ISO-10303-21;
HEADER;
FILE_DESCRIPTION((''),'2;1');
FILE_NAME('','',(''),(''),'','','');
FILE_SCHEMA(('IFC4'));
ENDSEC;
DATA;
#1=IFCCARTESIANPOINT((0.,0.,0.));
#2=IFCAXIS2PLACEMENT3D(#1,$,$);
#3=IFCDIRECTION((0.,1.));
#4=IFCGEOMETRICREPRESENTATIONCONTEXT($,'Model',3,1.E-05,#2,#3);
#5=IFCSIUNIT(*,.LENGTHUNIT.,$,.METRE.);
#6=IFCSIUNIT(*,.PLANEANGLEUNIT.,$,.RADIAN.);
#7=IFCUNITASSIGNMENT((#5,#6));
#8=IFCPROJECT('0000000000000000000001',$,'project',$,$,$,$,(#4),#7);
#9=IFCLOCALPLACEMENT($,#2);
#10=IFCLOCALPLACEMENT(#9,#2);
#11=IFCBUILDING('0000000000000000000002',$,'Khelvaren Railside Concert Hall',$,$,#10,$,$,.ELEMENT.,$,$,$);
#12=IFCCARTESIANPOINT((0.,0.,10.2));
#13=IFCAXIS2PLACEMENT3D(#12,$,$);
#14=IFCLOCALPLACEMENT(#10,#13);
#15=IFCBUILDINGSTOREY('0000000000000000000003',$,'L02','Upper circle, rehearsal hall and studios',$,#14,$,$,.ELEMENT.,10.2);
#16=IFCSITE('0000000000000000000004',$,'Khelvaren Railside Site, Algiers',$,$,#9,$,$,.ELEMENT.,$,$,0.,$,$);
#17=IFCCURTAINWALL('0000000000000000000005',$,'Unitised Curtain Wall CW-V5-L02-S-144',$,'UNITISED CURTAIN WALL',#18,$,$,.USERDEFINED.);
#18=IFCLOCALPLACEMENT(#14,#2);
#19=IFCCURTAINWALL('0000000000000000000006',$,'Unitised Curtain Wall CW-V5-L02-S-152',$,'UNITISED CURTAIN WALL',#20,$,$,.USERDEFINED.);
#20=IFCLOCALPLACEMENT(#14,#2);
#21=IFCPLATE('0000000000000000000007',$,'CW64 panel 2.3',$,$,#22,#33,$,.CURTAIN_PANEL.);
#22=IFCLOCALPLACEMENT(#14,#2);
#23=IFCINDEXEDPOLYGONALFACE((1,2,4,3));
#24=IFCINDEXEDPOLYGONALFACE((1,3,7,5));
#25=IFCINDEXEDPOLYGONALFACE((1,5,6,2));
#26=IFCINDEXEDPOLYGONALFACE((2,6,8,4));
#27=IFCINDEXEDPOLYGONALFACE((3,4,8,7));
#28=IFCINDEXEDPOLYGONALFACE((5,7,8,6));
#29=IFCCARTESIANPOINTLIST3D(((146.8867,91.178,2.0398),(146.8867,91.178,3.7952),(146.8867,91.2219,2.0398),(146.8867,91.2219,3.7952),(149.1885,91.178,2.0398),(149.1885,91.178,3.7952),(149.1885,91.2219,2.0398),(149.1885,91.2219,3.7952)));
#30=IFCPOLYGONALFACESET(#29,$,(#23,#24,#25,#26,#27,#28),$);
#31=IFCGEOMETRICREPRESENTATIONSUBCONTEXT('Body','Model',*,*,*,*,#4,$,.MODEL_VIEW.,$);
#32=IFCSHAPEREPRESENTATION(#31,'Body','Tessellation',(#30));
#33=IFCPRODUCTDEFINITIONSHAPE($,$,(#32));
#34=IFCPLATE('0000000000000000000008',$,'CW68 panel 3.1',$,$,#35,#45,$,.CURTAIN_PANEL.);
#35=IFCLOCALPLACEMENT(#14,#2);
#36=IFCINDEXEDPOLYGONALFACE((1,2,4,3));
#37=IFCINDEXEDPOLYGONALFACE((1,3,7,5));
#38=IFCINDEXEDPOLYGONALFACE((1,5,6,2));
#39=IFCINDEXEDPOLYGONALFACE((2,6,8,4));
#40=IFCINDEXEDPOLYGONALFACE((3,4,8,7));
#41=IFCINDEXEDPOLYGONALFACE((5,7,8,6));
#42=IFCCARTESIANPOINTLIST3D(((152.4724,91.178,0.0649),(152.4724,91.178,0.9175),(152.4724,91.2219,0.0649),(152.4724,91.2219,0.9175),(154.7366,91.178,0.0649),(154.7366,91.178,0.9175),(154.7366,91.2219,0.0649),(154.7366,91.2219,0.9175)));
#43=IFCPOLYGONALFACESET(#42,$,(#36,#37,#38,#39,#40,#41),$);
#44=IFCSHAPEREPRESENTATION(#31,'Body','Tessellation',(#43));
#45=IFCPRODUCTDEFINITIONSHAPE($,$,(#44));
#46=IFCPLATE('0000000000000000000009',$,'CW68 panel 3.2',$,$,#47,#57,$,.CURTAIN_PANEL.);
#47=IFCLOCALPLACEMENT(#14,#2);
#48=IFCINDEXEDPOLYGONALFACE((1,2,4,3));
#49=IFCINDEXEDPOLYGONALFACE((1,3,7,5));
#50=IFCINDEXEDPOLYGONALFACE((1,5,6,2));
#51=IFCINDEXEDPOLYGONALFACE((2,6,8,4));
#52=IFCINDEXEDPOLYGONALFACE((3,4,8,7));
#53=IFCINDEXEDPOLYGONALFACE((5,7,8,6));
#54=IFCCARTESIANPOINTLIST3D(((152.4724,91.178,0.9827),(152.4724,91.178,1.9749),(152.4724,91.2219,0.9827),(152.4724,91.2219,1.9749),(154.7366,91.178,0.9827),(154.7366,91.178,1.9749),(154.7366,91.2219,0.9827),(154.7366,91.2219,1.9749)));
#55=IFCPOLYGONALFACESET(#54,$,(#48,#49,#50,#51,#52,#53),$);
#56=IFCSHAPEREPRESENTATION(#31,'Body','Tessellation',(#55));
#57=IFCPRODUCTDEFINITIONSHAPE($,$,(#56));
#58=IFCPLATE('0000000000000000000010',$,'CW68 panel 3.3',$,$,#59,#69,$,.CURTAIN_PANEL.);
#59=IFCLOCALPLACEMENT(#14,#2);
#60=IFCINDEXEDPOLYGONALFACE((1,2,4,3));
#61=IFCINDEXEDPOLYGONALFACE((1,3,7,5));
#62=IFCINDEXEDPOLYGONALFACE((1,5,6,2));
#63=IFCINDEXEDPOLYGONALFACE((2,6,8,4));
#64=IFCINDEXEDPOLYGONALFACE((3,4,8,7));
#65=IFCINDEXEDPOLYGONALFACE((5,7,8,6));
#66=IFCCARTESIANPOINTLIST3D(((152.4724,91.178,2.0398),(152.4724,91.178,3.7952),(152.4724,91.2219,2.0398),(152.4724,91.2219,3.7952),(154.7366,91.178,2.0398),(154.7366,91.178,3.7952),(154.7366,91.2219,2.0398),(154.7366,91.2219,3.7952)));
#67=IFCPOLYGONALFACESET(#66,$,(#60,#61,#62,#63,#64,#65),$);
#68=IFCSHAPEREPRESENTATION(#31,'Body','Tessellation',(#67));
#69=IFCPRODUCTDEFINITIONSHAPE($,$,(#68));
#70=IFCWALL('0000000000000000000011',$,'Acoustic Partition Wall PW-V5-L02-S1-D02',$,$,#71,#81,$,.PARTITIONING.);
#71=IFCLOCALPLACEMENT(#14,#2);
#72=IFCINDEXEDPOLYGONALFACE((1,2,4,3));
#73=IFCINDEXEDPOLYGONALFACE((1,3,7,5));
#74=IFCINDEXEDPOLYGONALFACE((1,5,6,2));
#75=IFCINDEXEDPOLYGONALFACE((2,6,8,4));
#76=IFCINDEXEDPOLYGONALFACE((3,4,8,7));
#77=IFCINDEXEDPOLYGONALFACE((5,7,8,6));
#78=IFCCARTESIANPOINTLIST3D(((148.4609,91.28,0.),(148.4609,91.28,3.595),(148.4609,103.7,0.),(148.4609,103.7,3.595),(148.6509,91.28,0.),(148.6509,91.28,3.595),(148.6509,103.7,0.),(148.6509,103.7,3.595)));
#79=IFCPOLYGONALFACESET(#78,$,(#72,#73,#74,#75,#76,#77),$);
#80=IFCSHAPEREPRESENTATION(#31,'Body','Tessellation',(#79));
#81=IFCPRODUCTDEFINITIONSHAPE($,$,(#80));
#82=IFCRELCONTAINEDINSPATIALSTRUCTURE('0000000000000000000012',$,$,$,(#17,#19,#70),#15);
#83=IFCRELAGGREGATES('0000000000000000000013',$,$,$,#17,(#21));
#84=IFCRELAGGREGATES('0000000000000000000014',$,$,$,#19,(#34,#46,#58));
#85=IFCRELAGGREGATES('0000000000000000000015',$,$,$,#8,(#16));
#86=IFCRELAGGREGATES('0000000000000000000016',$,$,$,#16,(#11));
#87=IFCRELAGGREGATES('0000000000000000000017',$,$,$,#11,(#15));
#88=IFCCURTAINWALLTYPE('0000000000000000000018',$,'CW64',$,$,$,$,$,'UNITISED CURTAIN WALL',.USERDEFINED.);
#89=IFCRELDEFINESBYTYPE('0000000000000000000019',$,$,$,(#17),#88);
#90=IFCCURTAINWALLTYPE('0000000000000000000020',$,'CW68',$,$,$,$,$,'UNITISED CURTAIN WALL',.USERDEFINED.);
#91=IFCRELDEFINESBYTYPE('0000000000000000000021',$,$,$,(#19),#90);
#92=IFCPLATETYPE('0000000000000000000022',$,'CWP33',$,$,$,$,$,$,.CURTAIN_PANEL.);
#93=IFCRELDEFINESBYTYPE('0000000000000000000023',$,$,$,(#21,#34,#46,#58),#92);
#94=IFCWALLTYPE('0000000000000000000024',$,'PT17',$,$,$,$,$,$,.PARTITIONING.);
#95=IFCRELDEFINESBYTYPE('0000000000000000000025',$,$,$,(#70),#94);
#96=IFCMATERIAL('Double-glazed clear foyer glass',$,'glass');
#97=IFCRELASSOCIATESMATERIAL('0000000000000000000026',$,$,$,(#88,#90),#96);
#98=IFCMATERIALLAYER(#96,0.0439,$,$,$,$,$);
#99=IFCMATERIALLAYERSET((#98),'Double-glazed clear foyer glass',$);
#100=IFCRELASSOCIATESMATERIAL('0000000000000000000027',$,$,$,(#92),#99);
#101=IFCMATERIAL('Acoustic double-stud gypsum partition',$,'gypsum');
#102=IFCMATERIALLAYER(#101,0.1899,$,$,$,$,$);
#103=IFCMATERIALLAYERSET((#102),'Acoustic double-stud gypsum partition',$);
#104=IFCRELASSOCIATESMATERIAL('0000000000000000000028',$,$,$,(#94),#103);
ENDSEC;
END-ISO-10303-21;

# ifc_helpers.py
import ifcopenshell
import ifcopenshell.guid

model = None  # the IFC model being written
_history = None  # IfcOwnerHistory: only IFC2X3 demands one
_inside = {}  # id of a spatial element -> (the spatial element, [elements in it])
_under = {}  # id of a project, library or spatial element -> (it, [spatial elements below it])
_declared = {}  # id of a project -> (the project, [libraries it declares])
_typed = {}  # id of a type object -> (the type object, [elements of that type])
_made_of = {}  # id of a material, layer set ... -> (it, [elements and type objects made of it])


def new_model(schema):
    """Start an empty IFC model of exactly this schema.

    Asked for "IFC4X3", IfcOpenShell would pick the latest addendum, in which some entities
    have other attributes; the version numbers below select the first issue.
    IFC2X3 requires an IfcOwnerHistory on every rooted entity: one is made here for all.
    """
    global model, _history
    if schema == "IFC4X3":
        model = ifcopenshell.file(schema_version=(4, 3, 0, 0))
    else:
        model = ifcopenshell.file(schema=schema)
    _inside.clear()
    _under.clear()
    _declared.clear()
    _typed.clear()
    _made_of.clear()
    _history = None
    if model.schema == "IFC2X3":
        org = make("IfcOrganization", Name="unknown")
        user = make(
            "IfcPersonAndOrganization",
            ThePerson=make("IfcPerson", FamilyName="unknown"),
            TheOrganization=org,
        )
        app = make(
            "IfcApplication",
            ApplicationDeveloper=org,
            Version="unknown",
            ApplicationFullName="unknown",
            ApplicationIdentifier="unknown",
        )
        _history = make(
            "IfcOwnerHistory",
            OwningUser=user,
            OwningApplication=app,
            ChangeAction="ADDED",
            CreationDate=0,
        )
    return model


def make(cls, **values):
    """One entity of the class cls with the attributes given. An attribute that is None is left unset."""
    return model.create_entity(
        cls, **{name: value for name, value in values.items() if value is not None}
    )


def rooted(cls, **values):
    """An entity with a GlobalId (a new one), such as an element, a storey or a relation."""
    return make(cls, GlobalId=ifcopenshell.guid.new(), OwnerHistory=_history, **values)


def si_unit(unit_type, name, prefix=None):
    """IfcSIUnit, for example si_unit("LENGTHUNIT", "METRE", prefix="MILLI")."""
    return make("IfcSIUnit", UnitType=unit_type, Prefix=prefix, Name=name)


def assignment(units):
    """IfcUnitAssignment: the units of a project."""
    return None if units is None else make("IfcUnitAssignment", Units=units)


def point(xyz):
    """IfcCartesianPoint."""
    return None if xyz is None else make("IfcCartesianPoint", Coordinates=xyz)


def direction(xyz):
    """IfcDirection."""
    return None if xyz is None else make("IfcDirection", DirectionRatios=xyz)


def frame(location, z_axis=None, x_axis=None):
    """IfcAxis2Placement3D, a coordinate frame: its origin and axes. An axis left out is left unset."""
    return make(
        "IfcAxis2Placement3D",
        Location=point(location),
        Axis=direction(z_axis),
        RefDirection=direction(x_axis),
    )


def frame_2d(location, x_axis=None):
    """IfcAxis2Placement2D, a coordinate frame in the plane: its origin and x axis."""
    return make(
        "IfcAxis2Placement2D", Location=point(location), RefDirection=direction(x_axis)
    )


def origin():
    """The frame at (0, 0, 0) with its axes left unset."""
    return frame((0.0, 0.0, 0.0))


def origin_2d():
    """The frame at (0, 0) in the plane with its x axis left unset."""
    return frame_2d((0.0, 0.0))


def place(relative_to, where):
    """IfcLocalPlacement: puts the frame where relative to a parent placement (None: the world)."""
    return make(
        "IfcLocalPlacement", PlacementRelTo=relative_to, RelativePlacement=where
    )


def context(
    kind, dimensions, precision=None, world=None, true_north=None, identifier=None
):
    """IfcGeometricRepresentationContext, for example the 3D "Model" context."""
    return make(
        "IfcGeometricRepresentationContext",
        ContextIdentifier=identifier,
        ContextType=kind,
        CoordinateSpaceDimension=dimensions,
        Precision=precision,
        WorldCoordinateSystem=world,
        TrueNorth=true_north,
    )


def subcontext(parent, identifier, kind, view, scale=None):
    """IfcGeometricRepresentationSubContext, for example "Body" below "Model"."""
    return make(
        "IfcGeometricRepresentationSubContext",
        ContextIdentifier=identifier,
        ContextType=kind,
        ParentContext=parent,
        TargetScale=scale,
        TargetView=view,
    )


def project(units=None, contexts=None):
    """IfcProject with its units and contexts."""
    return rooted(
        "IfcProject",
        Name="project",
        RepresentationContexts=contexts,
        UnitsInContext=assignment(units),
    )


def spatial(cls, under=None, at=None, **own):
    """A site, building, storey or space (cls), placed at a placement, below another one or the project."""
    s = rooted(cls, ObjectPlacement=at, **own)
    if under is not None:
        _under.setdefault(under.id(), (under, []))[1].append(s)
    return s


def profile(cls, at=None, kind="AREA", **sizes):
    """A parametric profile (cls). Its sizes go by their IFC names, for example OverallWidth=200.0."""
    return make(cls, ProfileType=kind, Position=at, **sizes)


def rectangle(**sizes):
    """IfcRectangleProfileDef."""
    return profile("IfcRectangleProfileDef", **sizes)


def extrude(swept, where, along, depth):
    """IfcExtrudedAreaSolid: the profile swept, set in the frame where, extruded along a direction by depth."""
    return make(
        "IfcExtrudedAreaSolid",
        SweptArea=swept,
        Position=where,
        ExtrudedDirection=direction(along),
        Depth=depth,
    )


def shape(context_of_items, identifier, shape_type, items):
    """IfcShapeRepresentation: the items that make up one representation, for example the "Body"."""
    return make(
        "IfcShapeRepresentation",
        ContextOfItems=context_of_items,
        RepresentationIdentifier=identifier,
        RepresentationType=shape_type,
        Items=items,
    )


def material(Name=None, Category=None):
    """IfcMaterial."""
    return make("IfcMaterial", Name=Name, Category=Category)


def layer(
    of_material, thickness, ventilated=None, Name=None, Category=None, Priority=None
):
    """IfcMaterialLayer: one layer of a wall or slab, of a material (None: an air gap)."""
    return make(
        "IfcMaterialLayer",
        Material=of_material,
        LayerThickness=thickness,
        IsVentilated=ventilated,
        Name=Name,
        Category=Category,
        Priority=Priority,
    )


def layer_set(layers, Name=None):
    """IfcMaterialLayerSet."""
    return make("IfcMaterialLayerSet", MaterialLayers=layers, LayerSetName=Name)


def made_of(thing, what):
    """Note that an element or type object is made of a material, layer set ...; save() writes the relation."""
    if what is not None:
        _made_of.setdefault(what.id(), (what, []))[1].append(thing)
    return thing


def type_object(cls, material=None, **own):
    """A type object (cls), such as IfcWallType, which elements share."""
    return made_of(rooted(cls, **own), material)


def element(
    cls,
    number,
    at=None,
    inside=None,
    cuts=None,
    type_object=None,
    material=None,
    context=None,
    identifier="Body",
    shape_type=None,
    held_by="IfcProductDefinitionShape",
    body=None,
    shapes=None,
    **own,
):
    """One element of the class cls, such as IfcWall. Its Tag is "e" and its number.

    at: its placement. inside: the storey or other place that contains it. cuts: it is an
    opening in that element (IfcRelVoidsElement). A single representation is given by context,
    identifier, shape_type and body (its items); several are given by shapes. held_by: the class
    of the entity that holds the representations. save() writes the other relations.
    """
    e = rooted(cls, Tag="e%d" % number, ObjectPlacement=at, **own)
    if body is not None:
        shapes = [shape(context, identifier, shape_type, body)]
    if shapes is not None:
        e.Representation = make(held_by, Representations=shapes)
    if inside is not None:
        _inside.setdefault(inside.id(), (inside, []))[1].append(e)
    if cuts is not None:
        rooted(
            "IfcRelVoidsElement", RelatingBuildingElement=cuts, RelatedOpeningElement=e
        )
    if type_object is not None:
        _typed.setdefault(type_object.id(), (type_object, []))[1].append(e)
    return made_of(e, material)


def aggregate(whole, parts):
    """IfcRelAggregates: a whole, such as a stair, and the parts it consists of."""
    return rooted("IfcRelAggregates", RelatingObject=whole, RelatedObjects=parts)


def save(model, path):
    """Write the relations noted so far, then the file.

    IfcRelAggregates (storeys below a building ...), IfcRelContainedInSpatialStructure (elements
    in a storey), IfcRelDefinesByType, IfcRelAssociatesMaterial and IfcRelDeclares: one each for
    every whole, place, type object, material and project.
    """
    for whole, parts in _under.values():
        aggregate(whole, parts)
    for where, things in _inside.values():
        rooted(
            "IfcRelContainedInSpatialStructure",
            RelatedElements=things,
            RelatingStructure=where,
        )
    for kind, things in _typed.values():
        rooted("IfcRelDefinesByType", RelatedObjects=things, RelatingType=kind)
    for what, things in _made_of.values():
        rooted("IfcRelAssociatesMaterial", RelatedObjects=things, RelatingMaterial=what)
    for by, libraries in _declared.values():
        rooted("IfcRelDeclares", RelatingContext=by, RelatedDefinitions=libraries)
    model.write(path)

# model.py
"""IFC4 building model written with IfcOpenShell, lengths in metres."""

from ifc_helpers import new_model, si_unit, direction, frame, frame_2d, origin, origin_2d, place, context, subcontext, project, spatial, rectangle, extrude, material, layer, layer_set, type_object, element, aggregate, save


model = new_model("IFC4")

# Units and contexts
model_context = context("Model", 3, precision=1e-05, world=origin(), true_north=direction((0.0, 1.0)))
body_context = subcontext(model_context, "Body", "Model", "MODEL_VIEW")
ifc_project = project(units=[si_unit("LENGTHUNIT", "METRE"), si_unit("PLANEANGLEUNIT", "RADIAN")], contexts=[model_context])

# Site, building, storey
site_placement = place(None, origin())
site = spatial("IfcSite", under=ifc_project, at=site_placement, Name="Khelvaren Railside Site, Algiers", CompositionType="ELEMENT", RefElevation=0.0)
building_placement = place(site_placement, origin())
building = spatial("IfcBuilding", under=site, at=building_placement, Name="Khelvaren Railside Concert Hall", CompositionType="ELEMENT")
storey_placement = place(building_placement, frame((0.0, 0.0, 10.2)))
storey = spatial("IfcBuildingStorey", under=building, at=storey_placement, Name="L02", Description="Upper circle, rehearsal hall and studios", CompositionType="ELEMENT", Elevation=10.2)

# Curtain wall
ifc_material_1 = material(Name="Double-glazed clear foyer glass", Category="glass")
curtain_wall_type_1 = type_object("IfcCurtainWallType", Name="CW64", ElementType="UNITISED CURTAIN WALL", PredefinedType="USERDEFINED", material=ifc_material_1)
curtain_wall_1_placement = place(storey_placement, origin())
curtain_wall_1 = element("IfcCurtainWall", 1, at=curtain_wall_1_placement, inside=storey, type_object=curtain_wall_type_1, Name="Unitised Curtain Wall CW-V5-L02-S-144", ObjectType="UNITISED CURTAIN WALL", PredefinedType="USERDEFINED")

# Curtain wall
curtain_wall_type_2 = type_object("IfcCurtainWallType", Name="CW68", ElementType="UNITISED CURTAIN WALL", PredefinedType="USERDEFINED", material=ifc_material_1)
curtain_wall_2_placement = place(storey_placement, origin())
curtain_wall_2 = element("IfcCurtainWall", 2, at=curtain_wall_2_placement, inside=storey, type_object=curtain_wall_type_2, Name="Unitised Curtain Wall CW-V5-L02-S-152", ObjectType="UNITISED CURTAIN WALL", PredefinedType="USERDEFINED")

# Plates
ifc_layer_1 = layer(ifc_material_1, 0.0439)
ifc_layer_set_1 = layer_set([ifc_layer_1], Name="Double-glazed clear foyer glass")
plate_type = type_object("IfcPlateType", Name="CWP33", PredefinedType="CURTAIN_PANEL", material=ifc_layer_set_1)
plate_1_placement = place(storey_placement, frame((148.0376, 91.2, 2.0398), z_axis=(0.0, 0.0, 1.0), x_axis=(-1.0, 0.0, 0.0)))
plate_1 = element("IfcPlate", 3, at=plate_1_placement, type_object=plate_type, Name="CW64 panel 2.3", PredefinedType="CURTAIN_PANEL", context=body_context, shape_type="SweptSolid", body=[
    extrude(rectangle(XDim=2.3018, YDim=0.0439, at=origin_2d()), origin(), (0.0, 0.0, 1.0), 1.7554),
])
aggregate(curtain_wall_1, [plate_1])
plate_2_placement = place(storey_placement, frame((153.6045, 91.2, 0.0649), z_axis=(0.0, 0.0, 1.0), x_axis=(-1.0, 0.0, 0.0)))
plate_2 = element("IfcPlate", 4, at=plate_2_placement, type_object=plate_type, Name="CW68 panel 3.1", PredefinedType="CURTAIN_PANEL", context=body_context, shape_type="SweptSolid", body=[
    extrude(rectangle(XDim=2.2642, YDim=0.0439, at=origin_2d()), origin(), (0.0, 0.0, 1.0), 0.8525),
])
plate_3_placement = place(storey_placement, frame((153.6045, 91.2, 0.9827), z_axis=(0.0, 0.0, 1.0), x_axis=(-1.0, 0.0, 0.0)))
plate_3 = element("IfcPlate", 5, at=plate_3_placement, type_object=plate_type, Name="CW68 panel 3.2", PredefinedType="CURTAIN_PANEL", context=body_context, shape_type="SweptSolid", body=[
    extrude(rectangle(XDim=2.2642, YDim=0.0439, at=origin_2d()), origin(), (0.0, 0.0, 1.0), 0.9922),
])
plate_4_placement = place(storey_placement, frame((153.6045, 91.2, 2.0398), z_axis=(0.0, 0.0, 1.0), x_axis=(-1.0, 0.0, 0.0)))
plate_4 = element("IfcPlate", 6, at=plate_4_placement, type_object=plate_type, Name="CW68 panel 3.3", PredefinedType="CURTAIN_PANEL", context=body_context, shape_type="SweptSolid", body=[
    extrude(rectangle(XDim=2.2642, YDim=0.0439, at=origin_2d()), origin(), (0.0, 0.0, 1.0), 1.7554),
])
aggregate(curtain_wall_2, [plate_2, plate_3, plate_4])

# Wall
ifc_material_2 = material(Name="Acoustic double-stud gypsum partition", Category="gypsum")
ifc_layer_2 = layer(ifc_material_2, 0.1899)
ifc_layer_set_2 = layer_set([ifc_layer_2], Name="Acoustic double-stud gypsum partition")
wall_type = type_object("IfcWallType", Name="PT17", PredefinedType="PARTITIONING", material=ifc_layer_set_2)
wall_placement = place(storey_placement, frame((148.5559, 91.28, 0.0), z_axis=(0.0, 0.0, 1.0), x_axis=(0.0, 1.0, 0.0)))
element("IfcWall", 7, at=wall_placement, inside=storey, type_object=wall_type, Name="Acoustic Partition Wall PW-V5-L02-S1-D02", PredefinedType="PARTITIONING", context=body_context, shape_type="SweptSolid", body=[
    extrude(rectangle(XDim=12.4199, YDim=0.1899, at=frame_2d((6.21, 0.0))), origin(), (0.0, 0.0, 1.0), 3.595),
])

save(model, "model.ifc")
